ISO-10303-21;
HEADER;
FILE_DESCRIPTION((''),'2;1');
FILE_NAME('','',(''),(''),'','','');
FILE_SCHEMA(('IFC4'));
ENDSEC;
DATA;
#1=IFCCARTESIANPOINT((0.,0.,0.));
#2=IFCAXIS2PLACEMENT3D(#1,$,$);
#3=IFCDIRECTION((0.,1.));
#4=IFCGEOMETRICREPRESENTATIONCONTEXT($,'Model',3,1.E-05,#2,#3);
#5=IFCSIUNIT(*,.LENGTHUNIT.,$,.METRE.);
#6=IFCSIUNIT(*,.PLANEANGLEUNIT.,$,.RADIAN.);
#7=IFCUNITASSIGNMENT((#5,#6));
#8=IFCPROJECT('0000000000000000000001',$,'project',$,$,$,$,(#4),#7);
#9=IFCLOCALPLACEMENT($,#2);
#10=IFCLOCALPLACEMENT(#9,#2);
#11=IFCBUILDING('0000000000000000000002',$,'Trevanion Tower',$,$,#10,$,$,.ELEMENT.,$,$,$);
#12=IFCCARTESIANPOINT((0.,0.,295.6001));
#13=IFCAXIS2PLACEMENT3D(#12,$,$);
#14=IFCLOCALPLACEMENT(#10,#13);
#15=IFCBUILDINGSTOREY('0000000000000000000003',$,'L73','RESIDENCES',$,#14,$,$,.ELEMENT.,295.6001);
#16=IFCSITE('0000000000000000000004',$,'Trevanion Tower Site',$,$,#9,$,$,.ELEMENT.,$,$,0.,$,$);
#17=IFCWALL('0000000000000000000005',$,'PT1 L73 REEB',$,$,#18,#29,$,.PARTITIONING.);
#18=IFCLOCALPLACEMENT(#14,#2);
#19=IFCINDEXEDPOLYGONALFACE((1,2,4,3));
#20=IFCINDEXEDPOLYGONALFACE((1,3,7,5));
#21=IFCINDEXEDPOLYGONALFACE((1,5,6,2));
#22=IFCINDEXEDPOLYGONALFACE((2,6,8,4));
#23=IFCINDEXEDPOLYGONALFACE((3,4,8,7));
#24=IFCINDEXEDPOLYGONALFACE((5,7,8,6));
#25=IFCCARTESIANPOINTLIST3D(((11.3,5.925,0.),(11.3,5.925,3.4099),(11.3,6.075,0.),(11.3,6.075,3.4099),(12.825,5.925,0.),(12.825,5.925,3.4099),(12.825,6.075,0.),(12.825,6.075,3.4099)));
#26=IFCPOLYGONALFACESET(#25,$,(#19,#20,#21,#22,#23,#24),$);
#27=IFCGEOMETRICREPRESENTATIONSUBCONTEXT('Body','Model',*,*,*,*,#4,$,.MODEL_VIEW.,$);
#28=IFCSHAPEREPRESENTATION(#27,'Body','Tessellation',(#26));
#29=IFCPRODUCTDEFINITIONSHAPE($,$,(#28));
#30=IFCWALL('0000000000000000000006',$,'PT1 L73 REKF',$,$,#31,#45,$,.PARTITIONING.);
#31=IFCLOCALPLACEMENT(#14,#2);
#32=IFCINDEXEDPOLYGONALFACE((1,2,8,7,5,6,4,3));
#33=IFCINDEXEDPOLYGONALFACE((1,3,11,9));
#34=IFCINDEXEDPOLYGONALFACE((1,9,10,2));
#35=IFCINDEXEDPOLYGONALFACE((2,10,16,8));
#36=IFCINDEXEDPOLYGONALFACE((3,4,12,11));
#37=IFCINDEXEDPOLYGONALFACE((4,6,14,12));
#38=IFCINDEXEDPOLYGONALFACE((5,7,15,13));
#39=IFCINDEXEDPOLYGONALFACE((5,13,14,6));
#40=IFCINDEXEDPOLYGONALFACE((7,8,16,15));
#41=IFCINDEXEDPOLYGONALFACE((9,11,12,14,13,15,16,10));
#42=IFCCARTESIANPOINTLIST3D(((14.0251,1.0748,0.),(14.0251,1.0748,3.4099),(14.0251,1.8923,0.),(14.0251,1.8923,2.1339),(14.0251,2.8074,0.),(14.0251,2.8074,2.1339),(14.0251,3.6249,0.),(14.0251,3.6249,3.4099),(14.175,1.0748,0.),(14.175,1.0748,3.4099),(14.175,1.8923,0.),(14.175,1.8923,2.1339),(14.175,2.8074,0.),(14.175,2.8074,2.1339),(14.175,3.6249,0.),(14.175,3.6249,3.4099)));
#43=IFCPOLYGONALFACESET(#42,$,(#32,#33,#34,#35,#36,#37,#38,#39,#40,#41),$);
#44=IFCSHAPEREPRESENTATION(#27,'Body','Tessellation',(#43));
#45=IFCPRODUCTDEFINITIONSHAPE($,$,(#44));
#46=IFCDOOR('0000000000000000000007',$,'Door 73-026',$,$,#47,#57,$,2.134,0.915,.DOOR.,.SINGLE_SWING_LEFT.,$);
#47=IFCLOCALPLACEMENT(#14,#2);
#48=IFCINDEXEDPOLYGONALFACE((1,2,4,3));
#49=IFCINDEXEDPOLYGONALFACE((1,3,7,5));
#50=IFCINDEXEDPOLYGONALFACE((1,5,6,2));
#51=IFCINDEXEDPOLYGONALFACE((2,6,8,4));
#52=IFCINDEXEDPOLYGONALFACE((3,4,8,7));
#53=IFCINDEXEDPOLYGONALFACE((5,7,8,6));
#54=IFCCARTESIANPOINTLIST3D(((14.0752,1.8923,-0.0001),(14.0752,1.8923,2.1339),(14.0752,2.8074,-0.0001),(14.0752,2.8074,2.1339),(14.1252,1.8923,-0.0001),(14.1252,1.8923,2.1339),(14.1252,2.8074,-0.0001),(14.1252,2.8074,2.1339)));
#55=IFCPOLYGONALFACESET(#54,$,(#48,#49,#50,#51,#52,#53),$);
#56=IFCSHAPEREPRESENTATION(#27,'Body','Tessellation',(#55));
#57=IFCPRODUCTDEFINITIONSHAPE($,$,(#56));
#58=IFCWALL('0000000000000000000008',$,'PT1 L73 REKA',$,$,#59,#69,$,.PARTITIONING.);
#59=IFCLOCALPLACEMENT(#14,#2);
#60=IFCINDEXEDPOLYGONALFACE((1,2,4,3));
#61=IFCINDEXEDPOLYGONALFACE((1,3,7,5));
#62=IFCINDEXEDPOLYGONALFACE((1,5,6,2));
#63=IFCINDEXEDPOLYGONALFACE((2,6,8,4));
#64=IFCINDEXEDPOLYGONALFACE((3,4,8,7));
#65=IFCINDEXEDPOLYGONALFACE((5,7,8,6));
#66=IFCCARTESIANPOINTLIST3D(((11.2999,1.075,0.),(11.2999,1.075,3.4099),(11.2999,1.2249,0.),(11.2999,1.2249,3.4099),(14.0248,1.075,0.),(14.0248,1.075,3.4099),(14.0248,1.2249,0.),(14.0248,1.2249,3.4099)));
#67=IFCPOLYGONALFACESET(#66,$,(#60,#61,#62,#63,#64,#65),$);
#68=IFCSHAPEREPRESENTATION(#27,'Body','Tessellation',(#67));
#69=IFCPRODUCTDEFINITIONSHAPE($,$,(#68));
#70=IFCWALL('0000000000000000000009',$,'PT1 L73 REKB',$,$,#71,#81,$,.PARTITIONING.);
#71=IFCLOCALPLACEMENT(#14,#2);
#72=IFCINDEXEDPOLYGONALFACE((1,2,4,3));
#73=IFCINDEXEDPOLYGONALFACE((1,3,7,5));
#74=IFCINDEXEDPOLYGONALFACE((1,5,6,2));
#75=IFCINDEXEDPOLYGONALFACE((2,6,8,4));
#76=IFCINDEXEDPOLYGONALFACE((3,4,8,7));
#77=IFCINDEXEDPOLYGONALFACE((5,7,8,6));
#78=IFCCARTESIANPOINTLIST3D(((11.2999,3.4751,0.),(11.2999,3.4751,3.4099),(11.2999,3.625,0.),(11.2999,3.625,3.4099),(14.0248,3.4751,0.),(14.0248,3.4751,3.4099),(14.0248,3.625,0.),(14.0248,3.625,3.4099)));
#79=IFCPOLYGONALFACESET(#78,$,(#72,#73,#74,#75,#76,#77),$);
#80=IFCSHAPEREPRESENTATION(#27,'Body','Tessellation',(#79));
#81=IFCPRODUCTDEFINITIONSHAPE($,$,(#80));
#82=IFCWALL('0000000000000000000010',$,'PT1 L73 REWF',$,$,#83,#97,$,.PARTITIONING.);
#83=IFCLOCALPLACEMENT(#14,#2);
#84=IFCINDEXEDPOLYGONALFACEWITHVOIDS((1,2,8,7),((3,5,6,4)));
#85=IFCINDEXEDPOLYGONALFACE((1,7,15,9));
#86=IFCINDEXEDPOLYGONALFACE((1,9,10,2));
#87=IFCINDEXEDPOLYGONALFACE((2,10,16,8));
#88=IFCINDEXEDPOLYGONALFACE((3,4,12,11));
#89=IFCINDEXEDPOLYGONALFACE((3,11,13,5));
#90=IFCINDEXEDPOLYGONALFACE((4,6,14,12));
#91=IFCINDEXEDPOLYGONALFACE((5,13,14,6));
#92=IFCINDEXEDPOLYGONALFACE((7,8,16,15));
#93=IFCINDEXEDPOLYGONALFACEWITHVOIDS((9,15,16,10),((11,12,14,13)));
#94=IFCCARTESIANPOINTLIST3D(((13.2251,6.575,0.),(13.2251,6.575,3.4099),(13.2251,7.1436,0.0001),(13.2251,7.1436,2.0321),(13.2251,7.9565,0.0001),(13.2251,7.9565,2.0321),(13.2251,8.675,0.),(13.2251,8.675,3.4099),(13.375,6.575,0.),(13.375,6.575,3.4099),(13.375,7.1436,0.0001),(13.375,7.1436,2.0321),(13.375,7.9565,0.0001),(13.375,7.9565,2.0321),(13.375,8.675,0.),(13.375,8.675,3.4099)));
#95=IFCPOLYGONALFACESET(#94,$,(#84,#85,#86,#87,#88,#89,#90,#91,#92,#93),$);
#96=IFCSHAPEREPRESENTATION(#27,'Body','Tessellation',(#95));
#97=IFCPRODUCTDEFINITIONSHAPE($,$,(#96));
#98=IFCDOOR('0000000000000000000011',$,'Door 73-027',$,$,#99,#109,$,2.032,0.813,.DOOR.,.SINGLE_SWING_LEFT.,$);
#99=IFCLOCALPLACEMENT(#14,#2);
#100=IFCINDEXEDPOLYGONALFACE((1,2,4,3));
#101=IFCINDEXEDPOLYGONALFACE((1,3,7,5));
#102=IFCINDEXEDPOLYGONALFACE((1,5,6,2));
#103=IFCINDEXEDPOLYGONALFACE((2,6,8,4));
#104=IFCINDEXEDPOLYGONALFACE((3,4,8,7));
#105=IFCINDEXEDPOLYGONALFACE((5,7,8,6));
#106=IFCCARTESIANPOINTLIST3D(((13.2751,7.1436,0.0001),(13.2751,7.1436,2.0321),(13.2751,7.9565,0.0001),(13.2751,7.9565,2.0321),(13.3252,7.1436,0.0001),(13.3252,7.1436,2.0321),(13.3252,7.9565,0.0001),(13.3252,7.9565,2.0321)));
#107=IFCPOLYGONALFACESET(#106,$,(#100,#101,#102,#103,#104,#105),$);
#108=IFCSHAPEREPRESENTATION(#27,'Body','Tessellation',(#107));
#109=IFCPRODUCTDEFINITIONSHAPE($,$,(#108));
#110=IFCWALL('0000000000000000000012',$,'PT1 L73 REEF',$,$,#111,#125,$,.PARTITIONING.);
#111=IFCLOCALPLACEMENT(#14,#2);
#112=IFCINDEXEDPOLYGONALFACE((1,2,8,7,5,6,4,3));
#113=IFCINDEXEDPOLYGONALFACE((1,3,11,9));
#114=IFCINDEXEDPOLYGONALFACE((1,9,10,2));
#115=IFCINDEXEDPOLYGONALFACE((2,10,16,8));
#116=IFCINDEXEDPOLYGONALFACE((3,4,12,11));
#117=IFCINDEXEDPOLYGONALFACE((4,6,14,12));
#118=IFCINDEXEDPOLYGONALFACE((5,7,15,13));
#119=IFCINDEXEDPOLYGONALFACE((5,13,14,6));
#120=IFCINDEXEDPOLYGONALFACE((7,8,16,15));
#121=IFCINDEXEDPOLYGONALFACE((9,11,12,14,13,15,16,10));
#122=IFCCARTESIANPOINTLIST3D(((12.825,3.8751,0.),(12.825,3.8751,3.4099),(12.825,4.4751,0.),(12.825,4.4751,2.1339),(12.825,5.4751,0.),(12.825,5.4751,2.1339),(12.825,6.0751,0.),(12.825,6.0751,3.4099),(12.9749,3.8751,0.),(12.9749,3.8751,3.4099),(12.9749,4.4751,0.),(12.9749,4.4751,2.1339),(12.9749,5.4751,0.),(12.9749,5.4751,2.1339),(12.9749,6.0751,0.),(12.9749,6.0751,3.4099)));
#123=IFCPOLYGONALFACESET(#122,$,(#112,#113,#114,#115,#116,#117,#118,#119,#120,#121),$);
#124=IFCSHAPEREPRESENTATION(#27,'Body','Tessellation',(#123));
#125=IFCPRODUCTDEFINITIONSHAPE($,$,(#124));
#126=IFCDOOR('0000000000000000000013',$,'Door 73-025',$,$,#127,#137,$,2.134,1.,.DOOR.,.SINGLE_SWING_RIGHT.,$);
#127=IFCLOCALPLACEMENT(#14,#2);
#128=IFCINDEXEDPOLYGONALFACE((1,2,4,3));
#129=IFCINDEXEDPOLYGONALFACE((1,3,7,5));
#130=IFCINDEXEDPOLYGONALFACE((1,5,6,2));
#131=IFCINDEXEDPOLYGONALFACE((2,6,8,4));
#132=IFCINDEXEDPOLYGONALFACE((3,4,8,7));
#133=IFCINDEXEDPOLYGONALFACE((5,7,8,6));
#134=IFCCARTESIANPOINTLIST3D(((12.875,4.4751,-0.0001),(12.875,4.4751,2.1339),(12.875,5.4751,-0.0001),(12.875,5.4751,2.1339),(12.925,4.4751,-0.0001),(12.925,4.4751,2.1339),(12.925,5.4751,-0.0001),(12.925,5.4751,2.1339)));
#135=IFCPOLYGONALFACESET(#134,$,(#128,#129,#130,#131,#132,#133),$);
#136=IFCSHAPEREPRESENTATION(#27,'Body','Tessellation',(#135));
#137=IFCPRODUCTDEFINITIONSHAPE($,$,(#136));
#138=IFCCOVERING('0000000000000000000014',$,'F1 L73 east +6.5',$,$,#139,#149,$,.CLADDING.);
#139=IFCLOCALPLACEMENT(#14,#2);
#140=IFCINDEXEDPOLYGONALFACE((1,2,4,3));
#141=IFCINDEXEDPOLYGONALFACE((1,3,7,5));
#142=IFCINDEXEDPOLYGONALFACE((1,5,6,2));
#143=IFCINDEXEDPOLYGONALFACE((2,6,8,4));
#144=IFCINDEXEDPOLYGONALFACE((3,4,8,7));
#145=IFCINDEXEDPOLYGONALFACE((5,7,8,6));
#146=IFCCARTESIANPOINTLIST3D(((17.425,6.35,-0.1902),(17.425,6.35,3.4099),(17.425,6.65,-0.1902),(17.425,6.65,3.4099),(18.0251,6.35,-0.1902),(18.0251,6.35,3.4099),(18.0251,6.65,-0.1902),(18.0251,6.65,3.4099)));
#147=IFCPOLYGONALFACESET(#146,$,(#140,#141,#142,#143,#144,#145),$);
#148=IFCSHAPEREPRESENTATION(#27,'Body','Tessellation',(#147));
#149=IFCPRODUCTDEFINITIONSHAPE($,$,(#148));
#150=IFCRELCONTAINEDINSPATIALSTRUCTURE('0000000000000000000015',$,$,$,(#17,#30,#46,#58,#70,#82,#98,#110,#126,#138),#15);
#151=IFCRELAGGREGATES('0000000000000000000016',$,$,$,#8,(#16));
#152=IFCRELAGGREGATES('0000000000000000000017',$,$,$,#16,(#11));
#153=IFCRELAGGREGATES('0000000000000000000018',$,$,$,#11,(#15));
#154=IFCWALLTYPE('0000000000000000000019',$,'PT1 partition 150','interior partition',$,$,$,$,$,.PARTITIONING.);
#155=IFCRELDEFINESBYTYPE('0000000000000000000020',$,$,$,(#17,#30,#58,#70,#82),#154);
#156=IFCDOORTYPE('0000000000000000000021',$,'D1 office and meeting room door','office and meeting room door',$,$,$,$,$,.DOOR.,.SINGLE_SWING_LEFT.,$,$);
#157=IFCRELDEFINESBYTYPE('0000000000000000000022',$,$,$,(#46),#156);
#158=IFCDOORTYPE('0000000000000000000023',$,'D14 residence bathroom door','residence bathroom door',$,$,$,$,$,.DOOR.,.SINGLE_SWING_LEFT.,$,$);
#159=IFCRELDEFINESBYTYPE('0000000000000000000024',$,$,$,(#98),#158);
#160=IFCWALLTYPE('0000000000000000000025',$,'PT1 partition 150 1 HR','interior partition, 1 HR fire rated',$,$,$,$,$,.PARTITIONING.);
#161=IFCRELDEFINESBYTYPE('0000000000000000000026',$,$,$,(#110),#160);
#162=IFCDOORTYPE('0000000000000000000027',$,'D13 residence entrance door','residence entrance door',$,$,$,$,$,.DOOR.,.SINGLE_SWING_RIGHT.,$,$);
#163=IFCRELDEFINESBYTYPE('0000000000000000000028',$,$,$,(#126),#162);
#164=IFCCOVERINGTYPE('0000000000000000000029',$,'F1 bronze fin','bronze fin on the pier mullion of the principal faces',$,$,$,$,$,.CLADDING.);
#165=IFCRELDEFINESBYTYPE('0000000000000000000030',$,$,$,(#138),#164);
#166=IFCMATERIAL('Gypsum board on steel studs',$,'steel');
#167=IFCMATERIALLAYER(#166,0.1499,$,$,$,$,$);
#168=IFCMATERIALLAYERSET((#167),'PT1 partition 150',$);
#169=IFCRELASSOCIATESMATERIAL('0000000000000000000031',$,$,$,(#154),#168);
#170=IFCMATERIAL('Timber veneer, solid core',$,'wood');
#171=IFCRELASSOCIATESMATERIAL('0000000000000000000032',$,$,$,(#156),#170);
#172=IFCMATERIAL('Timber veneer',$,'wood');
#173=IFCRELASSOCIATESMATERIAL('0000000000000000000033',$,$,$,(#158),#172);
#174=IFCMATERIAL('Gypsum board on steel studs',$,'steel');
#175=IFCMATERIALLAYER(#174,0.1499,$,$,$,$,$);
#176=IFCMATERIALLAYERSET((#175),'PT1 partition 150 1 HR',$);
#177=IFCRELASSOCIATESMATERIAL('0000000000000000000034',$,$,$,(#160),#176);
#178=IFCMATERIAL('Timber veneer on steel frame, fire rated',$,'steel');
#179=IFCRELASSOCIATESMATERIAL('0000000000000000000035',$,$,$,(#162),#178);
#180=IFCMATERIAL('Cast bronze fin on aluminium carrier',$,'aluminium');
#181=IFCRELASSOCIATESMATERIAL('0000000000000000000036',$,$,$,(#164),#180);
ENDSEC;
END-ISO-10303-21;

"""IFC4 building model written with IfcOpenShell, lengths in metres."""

from ifc_helpers import new_model, si_unit, direction, frame, frame_2d, origin, origin_2d, place, context, subcontext, project, spatial, rectangle, extrude, material, layer, layer_set, type_object, element, fill, save


model = new_model("IFC4")

# Units and contexts
model_context = context("Model", 3, precision=1e-05, world=origin(), true_north=direction((0.0, 1.0)))
body_context = subcontext(model_context, "Body", "Model", "MODEL_VIEW")
ifc_project = project(units=[si_unit("LENGTHUNIT", "METRE"), si_unit("PLANEANGLEUNIT", "RADIAN")], contexts=[model_context])

# Site, building, storey
site_placement = place(None, origin())
site = spatial("IfcSite", under=ifc_project, at=site_placement, Name="Trevanion Tower Site", CompositionType="ELEMENT", RefElevation=0.0)
building_placement = place(site_placement, origin())
building = spatial("IfcBuilding", under=site, at=building_placement, Name="Trevanion Tower", CompositionType="ELEMENT")
storey_placement = place(building_placement, frame((0.0, 0.0, 295.6001)))
storey = spatial("IfcBuildingStorey", under=building, at=storey_placement, Name="L73", Description="RESIDENCES", CompositionType="ELEMENT", Elevation=295.6001)

# Shared definitions
ifc_material_1 = material(Name="Gypsum board on steel studs", Category="steel")
ifc_layer_1 = layer(ifc_material_1, 0.1499)
ifc_layer_set_1 = layer_set([ifc_layer_1], Name="PT1 partition 150")
wall_type_1 = type_object("IfcWallType", Name="PT1 partition 150", Description="interior partition", PredefinedType="PARTITIONING", material=ifc_layer_set_1)
ifc_material_2 = material(Name="Timber veneer, solid core", Category="wood")
door_type_1 = type_object("IfcDoorType", Name="D1 office and meeting room door", Description="office and meeting room door", OperationType="SINGLE_SWING_LEFT", PredefinedType="DOOR", material=ifc_material_2)

# Wall
for number, where, z_axis, x_axis, name in (
    (1, (11.3, 6.0, 0.0), (0.0, 0.0, 1.0), (1.0, 0.0, 0.0), "PT1 L73 REEB"),
):
    element("IfcWall", number, at=place(storey_placement, frame(where, z_axis=z_axis, x_axis=x_axis)), inside=storey, type_object=wall_type_1, Name=name, PredefinedType="PARTITIONING", context=body_context, shape_type="SweptSolid", body=[
        extrude(rectangle(XDim=1.5249, YDim=0.1499, at=frame_2d((0.7625, 0.0))), origin(), (0.0, 0.0, 1.0), 3.4099),
    ])

# Wall, opening, door
wall_1_placement = place(storey_placement, frame((14.1001, 1.075, 0.0), z_axis=(0.0, 0.0, 1.0), x_axis=(0.0, 1.0, 0.0)))
wall_1 = element("IfcWall", 2, at=wall_1_placement, inside=storey, type_object=wall_type_1, Name="PT1 L73 REKF", PredefinedType="PARTITIONING", context=body_context, shape_type="SweptSolid", body=[
    extrude(rectangle(XDim=2.55, YDim=0.1499, at=frame_2d((1.2749, 0.0))), origin(), (0.0, 0.0, 1.0), 3.4099),
])
opening_1_placement = place(wall_1_placement, frame((0.8174, 0.0, 0.0)))
opening_1 = element("IfcOpeningElement", 3, at=opening_1_placement, cuts=wall_1, PredefinedType="OPENING", context=body_context, shape_type="SweptSolid", body=[
    extrude(rectangle(XDim=0.915, YDim=2.134, at=frame_2d((0.4575, 1.0669))), frame((0.0, 0.085, 0.0), z_axis=(0.0, -1.0, 0.0), x_axis=(1.0, 0.0, 0.0)), (0.0, 0.0, 1.0), 0.1699),
])
door_1_placement = place(opening_1_placement, origin())
door_1 = element("IfcDoor", 4, at=door_1_placement, inside=storey, type_object=door_type_1, Name="Door 73-026", OperationType="SINGLE_SWING_LEFT", OverallHeight=2.134, OverallWidth=0.915, PredefinedType="DOOR", context=body_context, shape_type="SweptSolid", body=[
    extrude(rectangle(XDim=0.915, YDim=2.134, at=frame_2d((0.4575, 1.0669))), frame((0.0, 0.0249, 0.0), z_axis=(0.0, -1.0, 0.0), x_axis=(1.0, 0.0, 0.0)), (0.0, 0.0, 1.0), 0.05),
])
fill(opening_1, door_1)

# Walls
for number, where, z_axis, x_axis, name in (
    (5, (11.3, 1.1499, 0.0), (0.0, 0.0, 1.0), (1.0, 0.0, 0.0), "PT1 L73 REKA"),
    (6, (11.3, 3.55, 0.0), (0.0, 0.0, 1.0), (1.0, 0.0, 0.0), "PT1 L73 REKB"),
):
    element("IfcWall", number, at=place(storey_placement, frame(where, z_axis=z_axis, x_axis=x_axis)), inside=storey, type_object=wall_type_1, Name=name, PredefinedType="PARTITIONING", context=body_context, shape_type="SweptSolid", body=[
        extrude(rectangle(XDim=2.7249, YDim=0.1499, at=frame_2d((1.3623, 0.0))), origin(), (0.0, 0.0, 1.0), 3.4099),
    ])

# Walls, openings, doors
wall_2_placement = place(storey_placement, frame((13.3, 6.575, 0.0), z_axis=(0.0, 0.0, 1.0), x_axis=(0.0, 1.0, 0.0)))
wall_2 = element("IfcWall", 7, at=wall_2_placement, inside=storey, type_object=wall_type_1, Name="PT1 L73 REWF", PredefinedType="PARTITIONING", context=body_context, shape_type="SweptSolid", body=[
    extrude(rectangle(XDim=2.1001, YDim=0.1499, at=frame_2d((1.05, 0.0))), origin(), (0.0, 0.0, 1.0), 3.4099),
])
opening_2_placement = place(wall_2_placement, frame((0.5686, 0.0, 0.0)))
opening_2 = element("IfcOpeningElement", 8, at=opening_2_placement, cuts=wall_2, PredefinedType="OPENING", context=body_context, shape_type="SweptSolid", body=[
    extrude(rectangle(XDim=0.813, YDim=2.032, at=frame_2d((0.4065, 1.0161))), frame((0.0, 0.085, 0.0), z_axis=(0.0, -1.0, 0.0), x_axis=(1.0, 0.0, 0.0)), (0.0, 0.0, 1.0), 0.1699),
])
ifc_material_3 = material(Name="Timber veneer", Category="wood")
door_type_2 = type_object("IfcDoorType", Name="D14 residence bathroom door", Description="residence bathroom door", OperationType="SINGLE_SWING_LEFT", PredefinedType="DOOR", material=ifc_material_3)
door_2_placement = place(opening_2_placement, origin())
door_2 = element("IfcDoor", 9, at=door_2_placement, inside=storey, type_object=door_type_2, Name="Door 73-027", OperationType="SINGLE_SWING_LEFT", OverallHeight=2.032, OverallWidth=0.813, PredefinedType="DOOR", context=body_context, shape_type="SweptSolid", body=[
    extrude(rectangle(XDim=0.813, YDim=2.032, at=frame_2d((0.4065, 1.0161))), frame((0.0, 0.0249, 0.0), z_axis=(0.0, -1.0, 0.0), x_axis=(1.0, 0.0, 0.0)), (0.0, 0.0, 1.0), 0.05),
])
fill(opening_2, door_2)
ifc_material_4 = material(Name="Gypsum board on steel studs", Category="steel")
ifc_layer_2 = layer(ifc_material_4, 0.1499)
ifc_layer_set_2 = layer_set([ifc_layer_2], Name="PT1 partition 150 1 HR")
wall_type_2 = type_object("IfcWallType", Name="PT1 partition 150 1 HR", Description="interior partition, 1 HR fire rated", PredefinedType="PARTITIONING", material=ifc_layer_set_2)
wall_3_placement = place(storey_placement, frame((12.8999, 3.875, 0.0), z_axis=(0.0, 0.0, 1.0), x_axis=(0.0, 1.0, 0.0)))
wall_3 = element("IfcWall", 10, at=wall_3_placement, inside=storey, type_object=wall_type_2, Name="PT1 L73 REEF", PredefinedType="PARTITIONING", context=body_context, shape_type="SweptSolid", body=[
    extrude(rectangle(XDim=2.2, YDim=0.1499, at=frame_2d((1.1001, 0.0))), origin(), (0.0, 0.0, 1.0), 3.4099),
])
opening_3_placement = place(wall_3_placement, frame((0.6001, 0.0, 0.0)))
opening_3 = element("IfcOpeningElement", 11, at=opening_3_placement, cuts=wall_3, PredefinedType="OPENING", context=body_context, shape_type="SweptSolid", body=[
    extrude(rectangle(XDim=1.0, YDim=2.134, at=frame_2d((0.5, 1.0669))), frame((0.0, 0.085, 0.0), z_axis=(0.0, -1.0, 0.0), x_axis=(1.0, 0.0, 0.0)), (0.0, 0.0, 1.0), 0.1699),
])
ifc_material_5 = material(Name="Timber veneer on steel frame, fire rated", Category="steel")
door_type_3 = type_object("IfcDoorType", Name="D13 residence entrance door", Description="residence entrance door", OperationType="SINGLE_SWING_RIGHT", PredefinedType="DOOR", material=ifc_material_5)
door_3_placement = place(opening_3_placement, origin())
door_3 = element("IfcDoor", 12, at=door_3_placement, inside=storey, type_object=door_type_3, Name="Door 73-025", OperationType="SINGLE_SWING_RIGHT", OverallHeight=2.134, OverallWidth=1.0, PredefinedType="DOOR", context=body_context, shape_type="SweptSolid", body=[
    extrude(rectangle(XDim=1.0, YDim=2.134, at=frame_2d((0.5, 1.0669))), frame((0.0, 0.0249, 0.0), z_axis=(0.0, -1.0, 0.0), x_axis=(1.0, 0.0, 0.0)), (0.0, 0.0, 1.0), 0.05),
])
fill(opening_3, door_3)

# Covering
ifc_material_6 = material(Name="Cast bronze fin on aluminium carrier", Category="aluminium")
covering_type = type_object("IfcCoveringType", Name="F1 bronze fin", Description="bronze fin on the pier mullion of the principal faces", PredefinedType="CLADDING", material=ifc_material_6)
covering_placement = place(storey_placement, frame((17.7251, 6.5, -0.1902), z_axis=(0.0, 0.0, 1.0), x_axis=(0.0, 1.0, 0.0)))
element("IfcCovering", 13, at=covering_placement, inside=storey, type_object=covering_type, Name="F1 L73 east +6.5", PredefinedType="CLADDING", context=body_context, shape_type="SweptSolid", body=[
    extrude(rectangle(XDim=0.3, YDim=0.6001, at=origin_2d()), origin(), (0.0, 0.0, 1.0), 3.6001),
])

save(model, "model.ifc")
